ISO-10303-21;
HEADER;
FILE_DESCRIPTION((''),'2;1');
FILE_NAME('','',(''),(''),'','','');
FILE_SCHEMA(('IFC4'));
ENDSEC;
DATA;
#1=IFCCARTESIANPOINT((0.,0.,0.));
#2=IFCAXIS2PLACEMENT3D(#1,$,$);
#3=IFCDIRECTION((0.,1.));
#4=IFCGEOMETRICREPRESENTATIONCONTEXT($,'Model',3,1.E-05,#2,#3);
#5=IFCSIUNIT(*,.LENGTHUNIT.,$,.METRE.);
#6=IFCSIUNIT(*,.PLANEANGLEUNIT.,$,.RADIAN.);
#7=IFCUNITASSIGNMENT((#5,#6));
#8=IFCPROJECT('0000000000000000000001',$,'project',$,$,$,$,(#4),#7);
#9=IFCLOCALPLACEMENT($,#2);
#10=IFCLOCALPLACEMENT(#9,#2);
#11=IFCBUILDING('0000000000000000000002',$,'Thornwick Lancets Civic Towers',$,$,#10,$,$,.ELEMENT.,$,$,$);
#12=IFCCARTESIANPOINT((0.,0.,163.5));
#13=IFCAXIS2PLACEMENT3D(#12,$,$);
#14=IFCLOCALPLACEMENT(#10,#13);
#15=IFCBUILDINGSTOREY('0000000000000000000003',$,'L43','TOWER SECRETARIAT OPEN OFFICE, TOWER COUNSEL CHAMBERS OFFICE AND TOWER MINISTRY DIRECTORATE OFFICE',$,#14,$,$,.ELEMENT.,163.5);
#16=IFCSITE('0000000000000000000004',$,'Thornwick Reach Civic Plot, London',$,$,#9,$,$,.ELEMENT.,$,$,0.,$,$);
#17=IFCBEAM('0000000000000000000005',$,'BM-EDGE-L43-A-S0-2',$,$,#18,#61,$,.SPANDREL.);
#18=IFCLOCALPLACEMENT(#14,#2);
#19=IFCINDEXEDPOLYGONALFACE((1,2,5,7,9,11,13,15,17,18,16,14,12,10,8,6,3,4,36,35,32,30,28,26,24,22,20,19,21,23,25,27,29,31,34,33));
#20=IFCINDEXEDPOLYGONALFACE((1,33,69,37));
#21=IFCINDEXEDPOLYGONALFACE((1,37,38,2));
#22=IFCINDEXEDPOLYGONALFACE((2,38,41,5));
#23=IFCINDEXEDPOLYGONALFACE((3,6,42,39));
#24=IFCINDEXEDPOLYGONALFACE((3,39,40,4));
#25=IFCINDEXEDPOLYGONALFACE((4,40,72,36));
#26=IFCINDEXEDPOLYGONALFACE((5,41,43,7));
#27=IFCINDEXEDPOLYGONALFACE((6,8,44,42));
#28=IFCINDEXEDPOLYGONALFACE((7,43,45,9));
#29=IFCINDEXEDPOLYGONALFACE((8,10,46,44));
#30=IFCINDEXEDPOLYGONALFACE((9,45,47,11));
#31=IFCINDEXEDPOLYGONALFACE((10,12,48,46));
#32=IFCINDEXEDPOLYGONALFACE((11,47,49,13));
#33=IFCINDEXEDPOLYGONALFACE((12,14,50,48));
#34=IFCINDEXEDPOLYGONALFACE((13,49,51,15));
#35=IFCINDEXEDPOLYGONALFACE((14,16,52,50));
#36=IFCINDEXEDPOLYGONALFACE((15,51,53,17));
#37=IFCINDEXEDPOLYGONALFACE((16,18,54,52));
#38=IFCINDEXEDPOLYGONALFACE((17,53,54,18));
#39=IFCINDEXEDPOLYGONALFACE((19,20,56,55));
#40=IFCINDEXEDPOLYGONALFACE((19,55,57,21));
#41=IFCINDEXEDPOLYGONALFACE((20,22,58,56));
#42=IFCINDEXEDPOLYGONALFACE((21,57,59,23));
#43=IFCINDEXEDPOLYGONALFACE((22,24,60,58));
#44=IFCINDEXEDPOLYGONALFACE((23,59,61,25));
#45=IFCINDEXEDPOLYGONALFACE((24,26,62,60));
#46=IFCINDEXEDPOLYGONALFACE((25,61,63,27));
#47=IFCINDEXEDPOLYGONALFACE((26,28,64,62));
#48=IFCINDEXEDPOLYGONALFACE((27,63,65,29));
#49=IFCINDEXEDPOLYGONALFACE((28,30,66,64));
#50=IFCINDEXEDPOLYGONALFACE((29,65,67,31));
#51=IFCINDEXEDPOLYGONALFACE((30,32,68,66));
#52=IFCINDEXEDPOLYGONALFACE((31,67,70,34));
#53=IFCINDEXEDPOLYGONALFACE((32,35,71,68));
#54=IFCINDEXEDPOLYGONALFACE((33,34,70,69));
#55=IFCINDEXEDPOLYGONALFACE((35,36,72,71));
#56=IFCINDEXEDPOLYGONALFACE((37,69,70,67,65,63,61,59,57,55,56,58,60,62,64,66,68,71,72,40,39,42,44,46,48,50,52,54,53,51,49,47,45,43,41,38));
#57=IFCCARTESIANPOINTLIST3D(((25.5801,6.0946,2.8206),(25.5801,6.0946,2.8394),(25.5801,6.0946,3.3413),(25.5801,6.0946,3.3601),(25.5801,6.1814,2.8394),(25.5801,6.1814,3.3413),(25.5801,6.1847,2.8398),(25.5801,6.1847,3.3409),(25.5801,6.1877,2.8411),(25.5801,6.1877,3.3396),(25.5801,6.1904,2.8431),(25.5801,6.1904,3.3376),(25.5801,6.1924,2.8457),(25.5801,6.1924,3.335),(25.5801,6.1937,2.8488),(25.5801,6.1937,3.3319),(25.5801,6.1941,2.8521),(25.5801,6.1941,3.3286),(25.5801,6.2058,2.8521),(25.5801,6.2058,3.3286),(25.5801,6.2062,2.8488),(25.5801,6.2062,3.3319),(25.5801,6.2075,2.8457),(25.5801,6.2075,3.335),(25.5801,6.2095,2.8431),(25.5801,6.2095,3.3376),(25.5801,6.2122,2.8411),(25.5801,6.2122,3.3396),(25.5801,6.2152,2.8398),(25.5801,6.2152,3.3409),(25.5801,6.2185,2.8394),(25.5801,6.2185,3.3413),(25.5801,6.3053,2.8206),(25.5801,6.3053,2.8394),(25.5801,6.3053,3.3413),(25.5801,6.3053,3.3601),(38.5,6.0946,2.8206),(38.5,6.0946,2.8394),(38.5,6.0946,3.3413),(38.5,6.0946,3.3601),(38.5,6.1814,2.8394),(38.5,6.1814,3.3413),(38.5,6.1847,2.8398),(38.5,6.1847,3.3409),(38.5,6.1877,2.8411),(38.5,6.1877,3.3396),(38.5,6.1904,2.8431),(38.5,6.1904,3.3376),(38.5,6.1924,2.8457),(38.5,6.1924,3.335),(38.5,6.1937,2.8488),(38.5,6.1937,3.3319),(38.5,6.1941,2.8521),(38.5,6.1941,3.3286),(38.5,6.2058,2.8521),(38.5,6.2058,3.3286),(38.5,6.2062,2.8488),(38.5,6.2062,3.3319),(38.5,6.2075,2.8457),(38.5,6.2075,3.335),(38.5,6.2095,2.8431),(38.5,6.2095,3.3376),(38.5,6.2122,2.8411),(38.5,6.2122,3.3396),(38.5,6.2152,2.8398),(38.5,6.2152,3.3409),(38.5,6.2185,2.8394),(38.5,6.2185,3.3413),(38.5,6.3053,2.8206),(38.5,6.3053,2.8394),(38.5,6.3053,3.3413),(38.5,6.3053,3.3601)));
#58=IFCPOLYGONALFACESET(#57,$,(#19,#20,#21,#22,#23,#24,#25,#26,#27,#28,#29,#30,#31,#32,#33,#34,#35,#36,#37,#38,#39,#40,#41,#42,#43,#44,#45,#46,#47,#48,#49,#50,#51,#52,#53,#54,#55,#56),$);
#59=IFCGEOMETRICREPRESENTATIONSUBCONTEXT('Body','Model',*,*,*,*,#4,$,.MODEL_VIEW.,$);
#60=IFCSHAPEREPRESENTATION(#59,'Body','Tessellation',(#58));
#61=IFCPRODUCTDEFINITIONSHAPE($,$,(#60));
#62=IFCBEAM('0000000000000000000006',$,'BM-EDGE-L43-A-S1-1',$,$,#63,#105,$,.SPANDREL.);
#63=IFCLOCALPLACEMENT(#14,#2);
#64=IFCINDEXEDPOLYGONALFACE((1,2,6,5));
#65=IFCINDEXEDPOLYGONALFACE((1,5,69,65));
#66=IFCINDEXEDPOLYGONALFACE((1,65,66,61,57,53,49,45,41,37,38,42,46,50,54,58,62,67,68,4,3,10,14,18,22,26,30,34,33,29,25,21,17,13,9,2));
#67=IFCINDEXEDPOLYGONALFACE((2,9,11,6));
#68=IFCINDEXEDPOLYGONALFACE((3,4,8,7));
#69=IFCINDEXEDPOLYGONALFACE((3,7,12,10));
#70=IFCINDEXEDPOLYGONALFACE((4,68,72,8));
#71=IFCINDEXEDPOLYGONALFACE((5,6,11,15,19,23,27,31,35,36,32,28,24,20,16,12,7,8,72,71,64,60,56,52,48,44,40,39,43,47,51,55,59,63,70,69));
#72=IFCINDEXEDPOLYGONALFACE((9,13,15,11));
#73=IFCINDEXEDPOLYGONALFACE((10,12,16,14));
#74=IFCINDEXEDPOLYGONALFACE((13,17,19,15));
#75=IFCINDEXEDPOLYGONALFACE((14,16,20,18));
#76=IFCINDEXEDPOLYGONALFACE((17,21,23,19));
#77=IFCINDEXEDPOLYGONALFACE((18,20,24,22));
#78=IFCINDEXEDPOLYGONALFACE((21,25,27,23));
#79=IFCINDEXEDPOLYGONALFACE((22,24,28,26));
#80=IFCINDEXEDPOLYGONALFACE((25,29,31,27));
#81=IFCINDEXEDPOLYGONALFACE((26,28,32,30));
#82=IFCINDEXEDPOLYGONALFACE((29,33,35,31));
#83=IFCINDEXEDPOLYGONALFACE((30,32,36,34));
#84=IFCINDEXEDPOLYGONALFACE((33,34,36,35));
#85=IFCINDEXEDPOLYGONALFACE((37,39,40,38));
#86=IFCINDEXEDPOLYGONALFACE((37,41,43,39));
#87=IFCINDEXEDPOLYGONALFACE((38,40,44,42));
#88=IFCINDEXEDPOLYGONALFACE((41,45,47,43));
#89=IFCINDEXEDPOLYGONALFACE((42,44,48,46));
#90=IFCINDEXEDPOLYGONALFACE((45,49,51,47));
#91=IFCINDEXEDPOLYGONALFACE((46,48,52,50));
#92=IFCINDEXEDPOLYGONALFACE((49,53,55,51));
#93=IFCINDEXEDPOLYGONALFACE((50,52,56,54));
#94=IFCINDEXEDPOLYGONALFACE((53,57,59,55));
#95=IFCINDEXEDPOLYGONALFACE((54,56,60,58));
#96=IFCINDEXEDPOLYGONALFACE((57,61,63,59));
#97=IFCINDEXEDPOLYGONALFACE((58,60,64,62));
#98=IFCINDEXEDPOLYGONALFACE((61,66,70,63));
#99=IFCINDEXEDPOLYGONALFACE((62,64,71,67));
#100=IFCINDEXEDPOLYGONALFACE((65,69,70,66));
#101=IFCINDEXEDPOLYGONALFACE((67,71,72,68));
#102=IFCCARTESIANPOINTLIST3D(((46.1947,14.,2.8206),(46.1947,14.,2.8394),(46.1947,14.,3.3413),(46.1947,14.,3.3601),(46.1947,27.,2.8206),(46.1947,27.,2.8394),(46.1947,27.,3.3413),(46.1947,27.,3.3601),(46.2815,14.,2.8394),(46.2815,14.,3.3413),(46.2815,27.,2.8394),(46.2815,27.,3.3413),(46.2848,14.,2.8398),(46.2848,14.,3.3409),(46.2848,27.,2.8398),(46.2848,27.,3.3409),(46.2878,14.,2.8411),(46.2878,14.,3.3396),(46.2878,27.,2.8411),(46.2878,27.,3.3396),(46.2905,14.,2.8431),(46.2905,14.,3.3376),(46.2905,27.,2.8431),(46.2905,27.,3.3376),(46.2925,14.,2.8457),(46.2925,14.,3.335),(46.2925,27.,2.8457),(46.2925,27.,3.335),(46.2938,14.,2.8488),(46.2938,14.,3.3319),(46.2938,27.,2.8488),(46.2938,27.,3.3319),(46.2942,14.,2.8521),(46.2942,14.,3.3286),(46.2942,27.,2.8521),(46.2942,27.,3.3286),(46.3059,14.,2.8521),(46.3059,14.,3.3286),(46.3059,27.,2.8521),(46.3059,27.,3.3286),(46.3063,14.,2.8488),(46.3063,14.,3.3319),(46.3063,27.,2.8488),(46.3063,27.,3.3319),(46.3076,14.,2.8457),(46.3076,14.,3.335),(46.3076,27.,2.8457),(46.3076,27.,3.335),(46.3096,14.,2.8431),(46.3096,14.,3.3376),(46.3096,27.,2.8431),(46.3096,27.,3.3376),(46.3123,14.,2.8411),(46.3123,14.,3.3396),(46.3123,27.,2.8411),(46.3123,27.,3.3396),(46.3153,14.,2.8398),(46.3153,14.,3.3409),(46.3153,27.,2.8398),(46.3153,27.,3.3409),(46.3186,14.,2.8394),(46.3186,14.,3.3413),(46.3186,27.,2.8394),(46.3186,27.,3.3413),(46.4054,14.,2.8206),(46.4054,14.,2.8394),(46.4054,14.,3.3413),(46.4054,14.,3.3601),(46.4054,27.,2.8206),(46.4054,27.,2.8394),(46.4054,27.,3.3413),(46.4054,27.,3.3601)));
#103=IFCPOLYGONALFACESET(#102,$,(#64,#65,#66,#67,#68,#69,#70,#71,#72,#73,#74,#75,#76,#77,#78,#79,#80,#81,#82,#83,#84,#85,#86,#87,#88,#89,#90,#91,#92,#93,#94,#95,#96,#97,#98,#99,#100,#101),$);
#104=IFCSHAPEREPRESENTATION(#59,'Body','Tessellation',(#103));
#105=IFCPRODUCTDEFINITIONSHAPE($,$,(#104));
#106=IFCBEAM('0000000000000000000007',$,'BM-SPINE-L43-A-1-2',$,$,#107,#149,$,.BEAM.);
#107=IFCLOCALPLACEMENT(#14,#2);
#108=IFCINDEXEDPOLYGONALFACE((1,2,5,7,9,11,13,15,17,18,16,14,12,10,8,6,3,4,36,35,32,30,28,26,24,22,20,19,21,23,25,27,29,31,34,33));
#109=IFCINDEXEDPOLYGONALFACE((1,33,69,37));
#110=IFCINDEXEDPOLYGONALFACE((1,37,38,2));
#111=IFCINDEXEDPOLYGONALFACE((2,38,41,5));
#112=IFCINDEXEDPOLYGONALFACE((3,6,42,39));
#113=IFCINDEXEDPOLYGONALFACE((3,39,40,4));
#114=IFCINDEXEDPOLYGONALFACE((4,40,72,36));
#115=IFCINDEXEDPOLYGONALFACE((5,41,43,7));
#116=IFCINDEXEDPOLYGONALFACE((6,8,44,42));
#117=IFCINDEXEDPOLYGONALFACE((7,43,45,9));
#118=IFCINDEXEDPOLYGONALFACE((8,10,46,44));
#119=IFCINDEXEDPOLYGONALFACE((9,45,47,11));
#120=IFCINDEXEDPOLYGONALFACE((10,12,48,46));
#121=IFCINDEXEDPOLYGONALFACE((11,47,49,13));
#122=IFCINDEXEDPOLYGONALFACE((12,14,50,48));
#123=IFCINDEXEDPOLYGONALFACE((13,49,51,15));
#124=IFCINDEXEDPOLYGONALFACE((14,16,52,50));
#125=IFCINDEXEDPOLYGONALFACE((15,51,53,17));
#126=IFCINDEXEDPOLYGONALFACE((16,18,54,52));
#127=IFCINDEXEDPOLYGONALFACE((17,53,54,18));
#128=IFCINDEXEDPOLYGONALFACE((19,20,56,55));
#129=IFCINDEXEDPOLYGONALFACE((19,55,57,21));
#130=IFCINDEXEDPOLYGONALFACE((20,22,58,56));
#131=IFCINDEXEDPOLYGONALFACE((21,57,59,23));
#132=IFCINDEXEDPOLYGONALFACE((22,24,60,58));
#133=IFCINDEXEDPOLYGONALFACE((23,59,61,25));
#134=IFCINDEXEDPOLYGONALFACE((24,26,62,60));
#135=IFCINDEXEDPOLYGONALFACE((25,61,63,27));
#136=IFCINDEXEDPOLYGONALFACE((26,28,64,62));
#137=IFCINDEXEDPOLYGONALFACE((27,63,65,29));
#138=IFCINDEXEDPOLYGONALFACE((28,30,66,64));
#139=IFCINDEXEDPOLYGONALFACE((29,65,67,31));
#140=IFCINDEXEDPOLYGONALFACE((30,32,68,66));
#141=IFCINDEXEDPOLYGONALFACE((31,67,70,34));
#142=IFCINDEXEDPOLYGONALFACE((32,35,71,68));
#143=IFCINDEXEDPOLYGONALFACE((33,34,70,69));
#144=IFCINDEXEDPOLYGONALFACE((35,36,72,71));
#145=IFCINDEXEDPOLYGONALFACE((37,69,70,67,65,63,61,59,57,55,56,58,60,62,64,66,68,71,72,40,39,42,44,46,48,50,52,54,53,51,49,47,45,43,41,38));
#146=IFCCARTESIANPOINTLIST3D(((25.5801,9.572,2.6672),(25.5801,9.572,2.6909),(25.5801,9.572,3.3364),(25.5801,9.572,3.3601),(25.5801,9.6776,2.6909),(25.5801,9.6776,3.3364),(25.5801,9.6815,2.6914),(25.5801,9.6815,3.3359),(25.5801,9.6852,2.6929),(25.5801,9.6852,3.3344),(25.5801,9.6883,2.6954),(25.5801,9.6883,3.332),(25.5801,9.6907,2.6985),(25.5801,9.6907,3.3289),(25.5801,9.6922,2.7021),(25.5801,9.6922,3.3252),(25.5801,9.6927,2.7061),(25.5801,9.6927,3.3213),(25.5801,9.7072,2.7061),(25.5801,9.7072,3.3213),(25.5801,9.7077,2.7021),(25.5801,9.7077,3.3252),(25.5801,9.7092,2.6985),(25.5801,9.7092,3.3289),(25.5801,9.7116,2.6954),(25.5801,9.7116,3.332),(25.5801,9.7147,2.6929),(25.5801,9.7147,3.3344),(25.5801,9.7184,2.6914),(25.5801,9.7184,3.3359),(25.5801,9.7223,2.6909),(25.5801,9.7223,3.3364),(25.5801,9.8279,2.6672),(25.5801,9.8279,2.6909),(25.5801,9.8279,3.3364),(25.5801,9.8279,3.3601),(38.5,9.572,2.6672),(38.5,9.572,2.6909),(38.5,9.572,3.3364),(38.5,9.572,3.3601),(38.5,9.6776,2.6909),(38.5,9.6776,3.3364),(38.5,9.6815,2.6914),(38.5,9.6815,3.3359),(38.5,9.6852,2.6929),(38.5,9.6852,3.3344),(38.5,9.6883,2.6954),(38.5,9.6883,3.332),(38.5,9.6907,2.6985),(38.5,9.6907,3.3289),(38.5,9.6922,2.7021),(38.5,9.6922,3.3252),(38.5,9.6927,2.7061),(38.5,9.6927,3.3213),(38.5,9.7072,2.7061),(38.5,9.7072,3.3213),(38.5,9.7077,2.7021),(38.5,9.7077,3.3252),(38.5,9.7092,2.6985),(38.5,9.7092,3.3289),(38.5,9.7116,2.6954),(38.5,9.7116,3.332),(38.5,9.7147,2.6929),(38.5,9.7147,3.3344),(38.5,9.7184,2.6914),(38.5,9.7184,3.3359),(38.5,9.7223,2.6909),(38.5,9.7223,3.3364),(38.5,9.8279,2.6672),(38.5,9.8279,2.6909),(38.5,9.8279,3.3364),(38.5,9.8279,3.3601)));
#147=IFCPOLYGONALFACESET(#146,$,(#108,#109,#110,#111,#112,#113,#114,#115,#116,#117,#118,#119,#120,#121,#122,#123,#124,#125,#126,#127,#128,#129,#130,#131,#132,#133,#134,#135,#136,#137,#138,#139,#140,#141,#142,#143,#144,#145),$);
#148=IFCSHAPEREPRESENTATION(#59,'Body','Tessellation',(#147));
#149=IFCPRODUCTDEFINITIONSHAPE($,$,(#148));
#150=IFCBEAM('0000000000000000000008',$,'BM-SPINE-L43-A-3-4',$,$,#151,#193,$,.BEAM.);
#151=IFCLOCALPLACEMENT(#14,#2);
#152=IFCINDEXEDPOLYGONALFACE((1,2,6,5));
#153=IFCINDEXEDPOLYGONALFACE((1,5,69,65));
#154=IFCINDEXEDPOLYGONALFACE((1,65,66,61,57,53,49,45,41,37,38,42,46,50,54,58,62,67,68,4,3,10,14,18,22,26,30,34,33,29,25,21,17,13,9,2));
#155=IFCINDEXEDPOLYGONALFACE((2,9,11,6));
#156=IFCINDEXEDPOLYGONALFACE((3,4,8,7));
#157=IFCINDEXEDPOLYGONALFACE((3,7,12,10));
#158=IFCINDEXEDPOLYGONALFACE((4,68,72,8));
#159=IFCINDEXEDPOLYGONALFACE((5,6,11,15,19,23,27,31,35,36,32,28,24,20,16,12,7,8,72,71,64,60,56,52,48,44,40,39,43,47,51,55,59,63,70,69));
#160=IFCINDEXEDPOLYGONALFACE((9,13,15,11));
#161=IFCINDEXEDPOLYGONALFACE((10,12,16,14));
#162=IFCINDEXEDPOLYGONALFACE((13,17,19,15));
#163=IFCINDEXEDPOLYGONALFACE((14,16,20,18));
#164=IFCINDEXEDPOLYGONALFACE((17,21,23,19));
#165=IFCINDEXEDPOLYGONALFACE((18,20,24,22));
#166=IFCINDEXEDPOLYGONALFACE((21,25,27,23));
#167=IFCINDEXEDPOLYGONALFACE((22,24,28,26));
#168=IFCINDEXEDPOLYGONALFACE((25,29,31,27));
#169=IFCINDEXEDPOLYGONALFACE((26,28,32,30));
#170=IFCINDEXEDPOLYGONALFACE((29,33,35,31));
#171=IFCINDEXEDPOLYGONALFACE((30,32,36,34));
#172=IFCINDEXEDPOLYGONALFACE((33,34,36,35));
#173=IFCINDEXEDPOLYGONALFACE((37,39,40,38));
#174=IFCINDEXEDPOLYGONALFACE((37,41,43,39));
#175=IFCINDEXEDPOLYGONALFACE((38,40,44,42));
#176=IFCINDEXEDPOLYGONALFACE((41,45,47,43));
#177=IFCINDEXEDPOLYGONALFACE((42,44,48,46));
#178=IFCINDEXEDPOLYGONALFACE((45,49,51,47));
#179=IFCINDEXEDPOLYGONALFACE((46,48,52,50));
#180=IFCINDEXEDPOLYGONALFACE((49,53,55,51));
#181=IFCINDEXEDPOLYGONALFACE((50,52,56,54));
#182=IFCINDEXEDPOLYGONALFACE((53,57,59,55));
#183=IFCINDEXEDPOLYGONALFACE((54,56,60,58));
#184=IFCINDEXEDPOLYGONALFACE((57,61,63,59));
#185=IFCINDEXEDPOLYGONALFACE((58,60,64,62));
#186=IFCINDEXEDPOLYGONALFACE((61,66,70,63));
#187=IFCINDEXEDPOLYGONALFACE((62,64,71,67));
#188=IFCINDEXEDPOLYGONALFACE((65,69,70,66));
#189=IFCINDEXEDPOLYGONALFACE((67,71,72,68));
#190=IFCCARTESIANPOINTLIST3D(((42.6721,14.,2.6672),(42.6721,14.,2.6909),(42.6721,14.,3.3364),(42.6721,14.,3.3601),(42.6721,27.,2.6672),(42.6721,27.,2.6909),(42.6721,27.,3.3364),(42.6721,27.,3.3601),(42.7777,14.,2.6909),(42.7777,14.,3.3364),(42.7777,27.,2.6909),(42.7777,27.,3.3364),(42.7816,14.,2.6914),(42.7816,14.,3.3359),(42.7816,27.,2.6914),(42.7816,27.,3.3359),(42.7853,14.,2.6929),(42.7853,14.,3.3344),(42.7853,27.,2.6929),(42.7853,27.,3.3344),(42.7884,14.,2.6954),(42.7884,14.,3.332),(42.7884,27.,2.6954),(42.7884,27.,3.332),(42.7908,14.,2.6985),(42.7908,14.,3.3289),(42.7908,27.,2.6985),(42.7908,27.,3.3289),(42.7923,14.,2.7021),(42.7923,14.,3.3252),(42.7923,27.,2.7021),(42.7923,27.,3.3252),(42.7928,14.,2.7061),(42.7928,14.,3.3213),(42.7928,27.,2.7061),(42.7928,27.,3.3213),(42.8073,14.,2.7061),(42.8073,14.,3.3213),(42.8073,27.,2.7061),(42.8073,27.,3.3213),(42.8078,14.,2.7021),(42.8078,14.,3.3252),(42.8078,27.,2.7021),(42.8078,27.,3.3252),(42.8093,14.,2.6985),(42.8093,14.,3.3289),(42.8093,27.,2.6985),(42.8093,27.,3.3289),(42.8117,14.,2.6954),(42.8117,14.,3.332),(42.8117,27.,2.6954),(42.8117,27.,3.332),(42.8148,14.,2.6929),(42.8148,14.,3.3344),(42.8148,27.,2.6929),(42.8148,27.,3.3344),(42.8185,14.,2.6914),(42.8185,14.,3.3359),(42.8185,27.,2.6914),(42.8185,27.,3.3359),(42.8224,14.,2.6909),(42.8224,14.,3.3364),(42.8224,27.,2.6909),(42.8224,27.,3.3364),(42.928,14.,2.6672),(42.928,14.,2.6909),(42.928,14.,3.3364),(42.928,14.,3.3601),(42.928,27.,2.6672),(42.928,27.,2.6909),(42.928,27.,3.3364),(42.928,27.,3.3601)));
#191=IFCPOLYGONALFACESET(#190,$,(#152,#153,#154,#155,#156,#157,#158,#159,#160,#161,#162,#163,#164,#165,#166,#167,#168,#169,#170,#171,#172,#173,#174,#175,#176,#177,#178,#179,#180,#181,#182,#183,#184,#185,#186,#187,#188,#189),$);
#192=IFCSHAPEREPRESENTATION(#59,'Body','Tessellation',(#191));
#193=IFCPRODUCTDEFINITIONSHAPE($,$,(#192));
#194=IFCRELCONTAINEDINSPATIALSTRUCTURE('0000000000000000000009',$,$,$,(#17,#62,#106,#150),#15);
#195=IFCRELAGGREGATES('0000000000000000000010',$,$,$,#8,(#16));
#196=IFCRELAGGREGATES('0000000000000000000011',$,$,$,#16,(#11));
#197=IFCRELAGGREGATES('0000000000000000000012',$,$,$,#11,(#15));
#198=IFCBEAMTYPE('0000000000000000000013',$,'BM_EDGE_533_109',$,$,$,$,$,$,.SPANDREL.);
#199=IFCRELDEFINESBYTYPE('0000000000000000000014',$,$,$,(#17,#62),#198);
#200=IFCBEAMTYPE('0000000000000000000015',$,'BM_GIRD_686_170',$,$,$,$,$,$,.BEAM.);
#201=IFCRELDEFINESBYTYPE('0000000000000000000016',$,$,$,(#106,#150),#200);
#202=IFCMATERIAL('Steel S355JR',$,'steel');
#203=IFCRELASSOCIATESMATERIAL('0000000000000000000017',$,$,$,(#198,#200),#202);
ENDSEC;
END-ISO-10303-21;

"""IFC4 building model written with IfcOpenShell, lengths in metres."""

from ifc_helpers import new_model, si_unit, direction, frame, origin, origin_2d, place, context, subcontext, project, spatial, i_section, extrude, material, material_profile, profile_set, type_object, element, save


model = new_model("IFC4")

# Units and contexts
model_context = context("Model", 3, precision=1e-05, world=origin(), true_north=direction((0.0, 1.0)))
body_context = subcontext(model_context, "Body", "Model", "MODEL_VIEW")
ifc_project = project(units=[si_unit("LENGTHUNIT", "METRE"), si_unit("PLANEANGLEUNIT", "RADIAN")], contexts=[model_context])

# Site, building, storey
site_placement = place(None, origin())
site = spatial("IfcSite", under=ifc_project, at=site_placement, Name="Thornwick Reach Civic Plot, London", CompositionType="ELEMENT", RefElevation=0.0)
building_placement = place(site_placement, origin())
building = spatial("IfcBuilding", under=site, at=building_placement, Name="Thornwick Lancets Civic Towers", CompositionType="ELEMENT")
storey_placement = place(building_placement, frame((0.0, 0.0, 163.5)))
storey = spatial("IfcBuildingStorey", under=building, at=storey_placement, Name="L43", Description="TOWER SECRETARIAT OPEN OFFICE, TOWER COUNSEL CHAMBERS OFFICE AND TOWER MINISTRY DIRECTORATE OFFICE", CompositionType="ELEMENT", Elevation=163.5)

# Beams
ifc_material_1 = material(Name="Steel S355JR", Category="steel")
ifc_material_profile_1 = material_profile(ifc_material_1, i_section(OverallWidth=0.2107, OverallDepth=0.5396, WebThickness=0.0117, FlangeThickness=0.0188, FilletRadius=0.0127, at=origin_2d()), Name="UKB 533x210x109")
ifc_profile_set_1 = profile_set([ifc_material_profile_1], Name="Steel S355JR")
beam_type_1 = type_object("IfcBeamType", Name="BM_EDGE_533_109", PredefinedType="SPANDREL", material=ifc_profile_set_1)
beam_1_placement = place(storey_placement, frame((25.5801, 6.2, 3.0903), z_axis=(1.0, 0.0, 0.0), x_axis=(0.0, 1.0, 0.0)))
element("IfcBeam", 1, at=beam_1_placement, inside=storey, type_object=beam_type_1, Name="BM-EDGE-L43-A-S0-2", PredefinedType="SPANDREL", context=body_context, shape_type="SweptSolid", body=[
    extrude(i_section(OverallWidth=0.2107, OverallDepth=0.5396, WebThickness=0.0117, FlangeThickness=0.0188, FilletRadius=0.0127, at=origin_2d()), origin(), (0.0, 0.0, 1.0), 12.9199),
])
beam_2_placement = place(storey_placement, frame((46.3, 14.0, 3.0903), z_axis=(0.0, 1.0, 0.0), x_axis=(-1.0, 0.0, 0.0)))
element("IfcBeam", 2, at=beam_2_placement, inside=storey, type_object=beam_type_1, Name="BM-EDGE-L43-A-S1-1", PredefinedType="SPANDREL", context=body_context, shape_type="SweptSolid", body=[
    extrude(i_section(OverallWidth=0.2107, OverallDepth=0.5396, WebThickness=0.0117, FlangeThickness=0.0188, FilletRadius=0.0127, at=origin_2d()), origin(), (0.0, 0.0, 1.0), 13.0),
])
ifc_material_profile_2 = material_profile(ifc_material_1, i_section(OverallWidth=0.2559, OverallDepth=0.6929, WebThickness=0.0144, FlangeThickness=0.0237, FilletRadius=0.0151, at=origin_2d()), Name="UKB 686x254x170")
ifc_profile_set_2 = profile_set([ifc_material_profile_2], Name="Steel S355JR")
beam_type_2 = type_object("IfcBeamType", Name="BM_GIRD_686_170", PredefinedType="BEAM", material=ifc_profile_set_2)
beam_3_placement = place(storey_placement, frame((25.5801, 9.7, 3.0137), z_axis=(1.0, 0.0, 0.0), x_axis=(0.0, 1.0, 0.0)))
element("IfcBeam", 3, at=beam_3_placement, inside=storey, type_object=beam_type_2, Name="BM-SPINE-L43-A-1-2", PredefinedType="BEAM", context=body_context, shape_type="SweptSolid", body=[
    extrude(i_section(OverallWidth=0.2559, OverallDepth=0.6929, WebThickness=0.0144, FlangeThickness=0.0237, FilletRadius=0.0151, at=origin_2d()), origin(), (0.0, 0.0, 1.0), 12.9199),
])
beam_4_placement = place(storey_placement, frame((42.8, 14.0, 3.0137), z_axis=(0.0, 1.0, 0.0), x_axis=(-1.0, 0.0, 0.0)))
element("IfcBeam", 4, at=beam_4_placement, inside=storey, type_object=beam_type_2, Name="BM-SPINE-L43-A-3-4", PredefinedType="BEAM", context=body_context, shape_type="SweptSolid", body=[
    extrude(i_section(OverallWidth=0.2559, OverallDepth=0.6929, WebThickness=0.0144, FlangeThickness=0.0237, FilletRadius=0.0151, at=origin_2d()), origin(), (0.0, 0.0, 1.0), 13.0),
])

save(model, "model.ifc")
